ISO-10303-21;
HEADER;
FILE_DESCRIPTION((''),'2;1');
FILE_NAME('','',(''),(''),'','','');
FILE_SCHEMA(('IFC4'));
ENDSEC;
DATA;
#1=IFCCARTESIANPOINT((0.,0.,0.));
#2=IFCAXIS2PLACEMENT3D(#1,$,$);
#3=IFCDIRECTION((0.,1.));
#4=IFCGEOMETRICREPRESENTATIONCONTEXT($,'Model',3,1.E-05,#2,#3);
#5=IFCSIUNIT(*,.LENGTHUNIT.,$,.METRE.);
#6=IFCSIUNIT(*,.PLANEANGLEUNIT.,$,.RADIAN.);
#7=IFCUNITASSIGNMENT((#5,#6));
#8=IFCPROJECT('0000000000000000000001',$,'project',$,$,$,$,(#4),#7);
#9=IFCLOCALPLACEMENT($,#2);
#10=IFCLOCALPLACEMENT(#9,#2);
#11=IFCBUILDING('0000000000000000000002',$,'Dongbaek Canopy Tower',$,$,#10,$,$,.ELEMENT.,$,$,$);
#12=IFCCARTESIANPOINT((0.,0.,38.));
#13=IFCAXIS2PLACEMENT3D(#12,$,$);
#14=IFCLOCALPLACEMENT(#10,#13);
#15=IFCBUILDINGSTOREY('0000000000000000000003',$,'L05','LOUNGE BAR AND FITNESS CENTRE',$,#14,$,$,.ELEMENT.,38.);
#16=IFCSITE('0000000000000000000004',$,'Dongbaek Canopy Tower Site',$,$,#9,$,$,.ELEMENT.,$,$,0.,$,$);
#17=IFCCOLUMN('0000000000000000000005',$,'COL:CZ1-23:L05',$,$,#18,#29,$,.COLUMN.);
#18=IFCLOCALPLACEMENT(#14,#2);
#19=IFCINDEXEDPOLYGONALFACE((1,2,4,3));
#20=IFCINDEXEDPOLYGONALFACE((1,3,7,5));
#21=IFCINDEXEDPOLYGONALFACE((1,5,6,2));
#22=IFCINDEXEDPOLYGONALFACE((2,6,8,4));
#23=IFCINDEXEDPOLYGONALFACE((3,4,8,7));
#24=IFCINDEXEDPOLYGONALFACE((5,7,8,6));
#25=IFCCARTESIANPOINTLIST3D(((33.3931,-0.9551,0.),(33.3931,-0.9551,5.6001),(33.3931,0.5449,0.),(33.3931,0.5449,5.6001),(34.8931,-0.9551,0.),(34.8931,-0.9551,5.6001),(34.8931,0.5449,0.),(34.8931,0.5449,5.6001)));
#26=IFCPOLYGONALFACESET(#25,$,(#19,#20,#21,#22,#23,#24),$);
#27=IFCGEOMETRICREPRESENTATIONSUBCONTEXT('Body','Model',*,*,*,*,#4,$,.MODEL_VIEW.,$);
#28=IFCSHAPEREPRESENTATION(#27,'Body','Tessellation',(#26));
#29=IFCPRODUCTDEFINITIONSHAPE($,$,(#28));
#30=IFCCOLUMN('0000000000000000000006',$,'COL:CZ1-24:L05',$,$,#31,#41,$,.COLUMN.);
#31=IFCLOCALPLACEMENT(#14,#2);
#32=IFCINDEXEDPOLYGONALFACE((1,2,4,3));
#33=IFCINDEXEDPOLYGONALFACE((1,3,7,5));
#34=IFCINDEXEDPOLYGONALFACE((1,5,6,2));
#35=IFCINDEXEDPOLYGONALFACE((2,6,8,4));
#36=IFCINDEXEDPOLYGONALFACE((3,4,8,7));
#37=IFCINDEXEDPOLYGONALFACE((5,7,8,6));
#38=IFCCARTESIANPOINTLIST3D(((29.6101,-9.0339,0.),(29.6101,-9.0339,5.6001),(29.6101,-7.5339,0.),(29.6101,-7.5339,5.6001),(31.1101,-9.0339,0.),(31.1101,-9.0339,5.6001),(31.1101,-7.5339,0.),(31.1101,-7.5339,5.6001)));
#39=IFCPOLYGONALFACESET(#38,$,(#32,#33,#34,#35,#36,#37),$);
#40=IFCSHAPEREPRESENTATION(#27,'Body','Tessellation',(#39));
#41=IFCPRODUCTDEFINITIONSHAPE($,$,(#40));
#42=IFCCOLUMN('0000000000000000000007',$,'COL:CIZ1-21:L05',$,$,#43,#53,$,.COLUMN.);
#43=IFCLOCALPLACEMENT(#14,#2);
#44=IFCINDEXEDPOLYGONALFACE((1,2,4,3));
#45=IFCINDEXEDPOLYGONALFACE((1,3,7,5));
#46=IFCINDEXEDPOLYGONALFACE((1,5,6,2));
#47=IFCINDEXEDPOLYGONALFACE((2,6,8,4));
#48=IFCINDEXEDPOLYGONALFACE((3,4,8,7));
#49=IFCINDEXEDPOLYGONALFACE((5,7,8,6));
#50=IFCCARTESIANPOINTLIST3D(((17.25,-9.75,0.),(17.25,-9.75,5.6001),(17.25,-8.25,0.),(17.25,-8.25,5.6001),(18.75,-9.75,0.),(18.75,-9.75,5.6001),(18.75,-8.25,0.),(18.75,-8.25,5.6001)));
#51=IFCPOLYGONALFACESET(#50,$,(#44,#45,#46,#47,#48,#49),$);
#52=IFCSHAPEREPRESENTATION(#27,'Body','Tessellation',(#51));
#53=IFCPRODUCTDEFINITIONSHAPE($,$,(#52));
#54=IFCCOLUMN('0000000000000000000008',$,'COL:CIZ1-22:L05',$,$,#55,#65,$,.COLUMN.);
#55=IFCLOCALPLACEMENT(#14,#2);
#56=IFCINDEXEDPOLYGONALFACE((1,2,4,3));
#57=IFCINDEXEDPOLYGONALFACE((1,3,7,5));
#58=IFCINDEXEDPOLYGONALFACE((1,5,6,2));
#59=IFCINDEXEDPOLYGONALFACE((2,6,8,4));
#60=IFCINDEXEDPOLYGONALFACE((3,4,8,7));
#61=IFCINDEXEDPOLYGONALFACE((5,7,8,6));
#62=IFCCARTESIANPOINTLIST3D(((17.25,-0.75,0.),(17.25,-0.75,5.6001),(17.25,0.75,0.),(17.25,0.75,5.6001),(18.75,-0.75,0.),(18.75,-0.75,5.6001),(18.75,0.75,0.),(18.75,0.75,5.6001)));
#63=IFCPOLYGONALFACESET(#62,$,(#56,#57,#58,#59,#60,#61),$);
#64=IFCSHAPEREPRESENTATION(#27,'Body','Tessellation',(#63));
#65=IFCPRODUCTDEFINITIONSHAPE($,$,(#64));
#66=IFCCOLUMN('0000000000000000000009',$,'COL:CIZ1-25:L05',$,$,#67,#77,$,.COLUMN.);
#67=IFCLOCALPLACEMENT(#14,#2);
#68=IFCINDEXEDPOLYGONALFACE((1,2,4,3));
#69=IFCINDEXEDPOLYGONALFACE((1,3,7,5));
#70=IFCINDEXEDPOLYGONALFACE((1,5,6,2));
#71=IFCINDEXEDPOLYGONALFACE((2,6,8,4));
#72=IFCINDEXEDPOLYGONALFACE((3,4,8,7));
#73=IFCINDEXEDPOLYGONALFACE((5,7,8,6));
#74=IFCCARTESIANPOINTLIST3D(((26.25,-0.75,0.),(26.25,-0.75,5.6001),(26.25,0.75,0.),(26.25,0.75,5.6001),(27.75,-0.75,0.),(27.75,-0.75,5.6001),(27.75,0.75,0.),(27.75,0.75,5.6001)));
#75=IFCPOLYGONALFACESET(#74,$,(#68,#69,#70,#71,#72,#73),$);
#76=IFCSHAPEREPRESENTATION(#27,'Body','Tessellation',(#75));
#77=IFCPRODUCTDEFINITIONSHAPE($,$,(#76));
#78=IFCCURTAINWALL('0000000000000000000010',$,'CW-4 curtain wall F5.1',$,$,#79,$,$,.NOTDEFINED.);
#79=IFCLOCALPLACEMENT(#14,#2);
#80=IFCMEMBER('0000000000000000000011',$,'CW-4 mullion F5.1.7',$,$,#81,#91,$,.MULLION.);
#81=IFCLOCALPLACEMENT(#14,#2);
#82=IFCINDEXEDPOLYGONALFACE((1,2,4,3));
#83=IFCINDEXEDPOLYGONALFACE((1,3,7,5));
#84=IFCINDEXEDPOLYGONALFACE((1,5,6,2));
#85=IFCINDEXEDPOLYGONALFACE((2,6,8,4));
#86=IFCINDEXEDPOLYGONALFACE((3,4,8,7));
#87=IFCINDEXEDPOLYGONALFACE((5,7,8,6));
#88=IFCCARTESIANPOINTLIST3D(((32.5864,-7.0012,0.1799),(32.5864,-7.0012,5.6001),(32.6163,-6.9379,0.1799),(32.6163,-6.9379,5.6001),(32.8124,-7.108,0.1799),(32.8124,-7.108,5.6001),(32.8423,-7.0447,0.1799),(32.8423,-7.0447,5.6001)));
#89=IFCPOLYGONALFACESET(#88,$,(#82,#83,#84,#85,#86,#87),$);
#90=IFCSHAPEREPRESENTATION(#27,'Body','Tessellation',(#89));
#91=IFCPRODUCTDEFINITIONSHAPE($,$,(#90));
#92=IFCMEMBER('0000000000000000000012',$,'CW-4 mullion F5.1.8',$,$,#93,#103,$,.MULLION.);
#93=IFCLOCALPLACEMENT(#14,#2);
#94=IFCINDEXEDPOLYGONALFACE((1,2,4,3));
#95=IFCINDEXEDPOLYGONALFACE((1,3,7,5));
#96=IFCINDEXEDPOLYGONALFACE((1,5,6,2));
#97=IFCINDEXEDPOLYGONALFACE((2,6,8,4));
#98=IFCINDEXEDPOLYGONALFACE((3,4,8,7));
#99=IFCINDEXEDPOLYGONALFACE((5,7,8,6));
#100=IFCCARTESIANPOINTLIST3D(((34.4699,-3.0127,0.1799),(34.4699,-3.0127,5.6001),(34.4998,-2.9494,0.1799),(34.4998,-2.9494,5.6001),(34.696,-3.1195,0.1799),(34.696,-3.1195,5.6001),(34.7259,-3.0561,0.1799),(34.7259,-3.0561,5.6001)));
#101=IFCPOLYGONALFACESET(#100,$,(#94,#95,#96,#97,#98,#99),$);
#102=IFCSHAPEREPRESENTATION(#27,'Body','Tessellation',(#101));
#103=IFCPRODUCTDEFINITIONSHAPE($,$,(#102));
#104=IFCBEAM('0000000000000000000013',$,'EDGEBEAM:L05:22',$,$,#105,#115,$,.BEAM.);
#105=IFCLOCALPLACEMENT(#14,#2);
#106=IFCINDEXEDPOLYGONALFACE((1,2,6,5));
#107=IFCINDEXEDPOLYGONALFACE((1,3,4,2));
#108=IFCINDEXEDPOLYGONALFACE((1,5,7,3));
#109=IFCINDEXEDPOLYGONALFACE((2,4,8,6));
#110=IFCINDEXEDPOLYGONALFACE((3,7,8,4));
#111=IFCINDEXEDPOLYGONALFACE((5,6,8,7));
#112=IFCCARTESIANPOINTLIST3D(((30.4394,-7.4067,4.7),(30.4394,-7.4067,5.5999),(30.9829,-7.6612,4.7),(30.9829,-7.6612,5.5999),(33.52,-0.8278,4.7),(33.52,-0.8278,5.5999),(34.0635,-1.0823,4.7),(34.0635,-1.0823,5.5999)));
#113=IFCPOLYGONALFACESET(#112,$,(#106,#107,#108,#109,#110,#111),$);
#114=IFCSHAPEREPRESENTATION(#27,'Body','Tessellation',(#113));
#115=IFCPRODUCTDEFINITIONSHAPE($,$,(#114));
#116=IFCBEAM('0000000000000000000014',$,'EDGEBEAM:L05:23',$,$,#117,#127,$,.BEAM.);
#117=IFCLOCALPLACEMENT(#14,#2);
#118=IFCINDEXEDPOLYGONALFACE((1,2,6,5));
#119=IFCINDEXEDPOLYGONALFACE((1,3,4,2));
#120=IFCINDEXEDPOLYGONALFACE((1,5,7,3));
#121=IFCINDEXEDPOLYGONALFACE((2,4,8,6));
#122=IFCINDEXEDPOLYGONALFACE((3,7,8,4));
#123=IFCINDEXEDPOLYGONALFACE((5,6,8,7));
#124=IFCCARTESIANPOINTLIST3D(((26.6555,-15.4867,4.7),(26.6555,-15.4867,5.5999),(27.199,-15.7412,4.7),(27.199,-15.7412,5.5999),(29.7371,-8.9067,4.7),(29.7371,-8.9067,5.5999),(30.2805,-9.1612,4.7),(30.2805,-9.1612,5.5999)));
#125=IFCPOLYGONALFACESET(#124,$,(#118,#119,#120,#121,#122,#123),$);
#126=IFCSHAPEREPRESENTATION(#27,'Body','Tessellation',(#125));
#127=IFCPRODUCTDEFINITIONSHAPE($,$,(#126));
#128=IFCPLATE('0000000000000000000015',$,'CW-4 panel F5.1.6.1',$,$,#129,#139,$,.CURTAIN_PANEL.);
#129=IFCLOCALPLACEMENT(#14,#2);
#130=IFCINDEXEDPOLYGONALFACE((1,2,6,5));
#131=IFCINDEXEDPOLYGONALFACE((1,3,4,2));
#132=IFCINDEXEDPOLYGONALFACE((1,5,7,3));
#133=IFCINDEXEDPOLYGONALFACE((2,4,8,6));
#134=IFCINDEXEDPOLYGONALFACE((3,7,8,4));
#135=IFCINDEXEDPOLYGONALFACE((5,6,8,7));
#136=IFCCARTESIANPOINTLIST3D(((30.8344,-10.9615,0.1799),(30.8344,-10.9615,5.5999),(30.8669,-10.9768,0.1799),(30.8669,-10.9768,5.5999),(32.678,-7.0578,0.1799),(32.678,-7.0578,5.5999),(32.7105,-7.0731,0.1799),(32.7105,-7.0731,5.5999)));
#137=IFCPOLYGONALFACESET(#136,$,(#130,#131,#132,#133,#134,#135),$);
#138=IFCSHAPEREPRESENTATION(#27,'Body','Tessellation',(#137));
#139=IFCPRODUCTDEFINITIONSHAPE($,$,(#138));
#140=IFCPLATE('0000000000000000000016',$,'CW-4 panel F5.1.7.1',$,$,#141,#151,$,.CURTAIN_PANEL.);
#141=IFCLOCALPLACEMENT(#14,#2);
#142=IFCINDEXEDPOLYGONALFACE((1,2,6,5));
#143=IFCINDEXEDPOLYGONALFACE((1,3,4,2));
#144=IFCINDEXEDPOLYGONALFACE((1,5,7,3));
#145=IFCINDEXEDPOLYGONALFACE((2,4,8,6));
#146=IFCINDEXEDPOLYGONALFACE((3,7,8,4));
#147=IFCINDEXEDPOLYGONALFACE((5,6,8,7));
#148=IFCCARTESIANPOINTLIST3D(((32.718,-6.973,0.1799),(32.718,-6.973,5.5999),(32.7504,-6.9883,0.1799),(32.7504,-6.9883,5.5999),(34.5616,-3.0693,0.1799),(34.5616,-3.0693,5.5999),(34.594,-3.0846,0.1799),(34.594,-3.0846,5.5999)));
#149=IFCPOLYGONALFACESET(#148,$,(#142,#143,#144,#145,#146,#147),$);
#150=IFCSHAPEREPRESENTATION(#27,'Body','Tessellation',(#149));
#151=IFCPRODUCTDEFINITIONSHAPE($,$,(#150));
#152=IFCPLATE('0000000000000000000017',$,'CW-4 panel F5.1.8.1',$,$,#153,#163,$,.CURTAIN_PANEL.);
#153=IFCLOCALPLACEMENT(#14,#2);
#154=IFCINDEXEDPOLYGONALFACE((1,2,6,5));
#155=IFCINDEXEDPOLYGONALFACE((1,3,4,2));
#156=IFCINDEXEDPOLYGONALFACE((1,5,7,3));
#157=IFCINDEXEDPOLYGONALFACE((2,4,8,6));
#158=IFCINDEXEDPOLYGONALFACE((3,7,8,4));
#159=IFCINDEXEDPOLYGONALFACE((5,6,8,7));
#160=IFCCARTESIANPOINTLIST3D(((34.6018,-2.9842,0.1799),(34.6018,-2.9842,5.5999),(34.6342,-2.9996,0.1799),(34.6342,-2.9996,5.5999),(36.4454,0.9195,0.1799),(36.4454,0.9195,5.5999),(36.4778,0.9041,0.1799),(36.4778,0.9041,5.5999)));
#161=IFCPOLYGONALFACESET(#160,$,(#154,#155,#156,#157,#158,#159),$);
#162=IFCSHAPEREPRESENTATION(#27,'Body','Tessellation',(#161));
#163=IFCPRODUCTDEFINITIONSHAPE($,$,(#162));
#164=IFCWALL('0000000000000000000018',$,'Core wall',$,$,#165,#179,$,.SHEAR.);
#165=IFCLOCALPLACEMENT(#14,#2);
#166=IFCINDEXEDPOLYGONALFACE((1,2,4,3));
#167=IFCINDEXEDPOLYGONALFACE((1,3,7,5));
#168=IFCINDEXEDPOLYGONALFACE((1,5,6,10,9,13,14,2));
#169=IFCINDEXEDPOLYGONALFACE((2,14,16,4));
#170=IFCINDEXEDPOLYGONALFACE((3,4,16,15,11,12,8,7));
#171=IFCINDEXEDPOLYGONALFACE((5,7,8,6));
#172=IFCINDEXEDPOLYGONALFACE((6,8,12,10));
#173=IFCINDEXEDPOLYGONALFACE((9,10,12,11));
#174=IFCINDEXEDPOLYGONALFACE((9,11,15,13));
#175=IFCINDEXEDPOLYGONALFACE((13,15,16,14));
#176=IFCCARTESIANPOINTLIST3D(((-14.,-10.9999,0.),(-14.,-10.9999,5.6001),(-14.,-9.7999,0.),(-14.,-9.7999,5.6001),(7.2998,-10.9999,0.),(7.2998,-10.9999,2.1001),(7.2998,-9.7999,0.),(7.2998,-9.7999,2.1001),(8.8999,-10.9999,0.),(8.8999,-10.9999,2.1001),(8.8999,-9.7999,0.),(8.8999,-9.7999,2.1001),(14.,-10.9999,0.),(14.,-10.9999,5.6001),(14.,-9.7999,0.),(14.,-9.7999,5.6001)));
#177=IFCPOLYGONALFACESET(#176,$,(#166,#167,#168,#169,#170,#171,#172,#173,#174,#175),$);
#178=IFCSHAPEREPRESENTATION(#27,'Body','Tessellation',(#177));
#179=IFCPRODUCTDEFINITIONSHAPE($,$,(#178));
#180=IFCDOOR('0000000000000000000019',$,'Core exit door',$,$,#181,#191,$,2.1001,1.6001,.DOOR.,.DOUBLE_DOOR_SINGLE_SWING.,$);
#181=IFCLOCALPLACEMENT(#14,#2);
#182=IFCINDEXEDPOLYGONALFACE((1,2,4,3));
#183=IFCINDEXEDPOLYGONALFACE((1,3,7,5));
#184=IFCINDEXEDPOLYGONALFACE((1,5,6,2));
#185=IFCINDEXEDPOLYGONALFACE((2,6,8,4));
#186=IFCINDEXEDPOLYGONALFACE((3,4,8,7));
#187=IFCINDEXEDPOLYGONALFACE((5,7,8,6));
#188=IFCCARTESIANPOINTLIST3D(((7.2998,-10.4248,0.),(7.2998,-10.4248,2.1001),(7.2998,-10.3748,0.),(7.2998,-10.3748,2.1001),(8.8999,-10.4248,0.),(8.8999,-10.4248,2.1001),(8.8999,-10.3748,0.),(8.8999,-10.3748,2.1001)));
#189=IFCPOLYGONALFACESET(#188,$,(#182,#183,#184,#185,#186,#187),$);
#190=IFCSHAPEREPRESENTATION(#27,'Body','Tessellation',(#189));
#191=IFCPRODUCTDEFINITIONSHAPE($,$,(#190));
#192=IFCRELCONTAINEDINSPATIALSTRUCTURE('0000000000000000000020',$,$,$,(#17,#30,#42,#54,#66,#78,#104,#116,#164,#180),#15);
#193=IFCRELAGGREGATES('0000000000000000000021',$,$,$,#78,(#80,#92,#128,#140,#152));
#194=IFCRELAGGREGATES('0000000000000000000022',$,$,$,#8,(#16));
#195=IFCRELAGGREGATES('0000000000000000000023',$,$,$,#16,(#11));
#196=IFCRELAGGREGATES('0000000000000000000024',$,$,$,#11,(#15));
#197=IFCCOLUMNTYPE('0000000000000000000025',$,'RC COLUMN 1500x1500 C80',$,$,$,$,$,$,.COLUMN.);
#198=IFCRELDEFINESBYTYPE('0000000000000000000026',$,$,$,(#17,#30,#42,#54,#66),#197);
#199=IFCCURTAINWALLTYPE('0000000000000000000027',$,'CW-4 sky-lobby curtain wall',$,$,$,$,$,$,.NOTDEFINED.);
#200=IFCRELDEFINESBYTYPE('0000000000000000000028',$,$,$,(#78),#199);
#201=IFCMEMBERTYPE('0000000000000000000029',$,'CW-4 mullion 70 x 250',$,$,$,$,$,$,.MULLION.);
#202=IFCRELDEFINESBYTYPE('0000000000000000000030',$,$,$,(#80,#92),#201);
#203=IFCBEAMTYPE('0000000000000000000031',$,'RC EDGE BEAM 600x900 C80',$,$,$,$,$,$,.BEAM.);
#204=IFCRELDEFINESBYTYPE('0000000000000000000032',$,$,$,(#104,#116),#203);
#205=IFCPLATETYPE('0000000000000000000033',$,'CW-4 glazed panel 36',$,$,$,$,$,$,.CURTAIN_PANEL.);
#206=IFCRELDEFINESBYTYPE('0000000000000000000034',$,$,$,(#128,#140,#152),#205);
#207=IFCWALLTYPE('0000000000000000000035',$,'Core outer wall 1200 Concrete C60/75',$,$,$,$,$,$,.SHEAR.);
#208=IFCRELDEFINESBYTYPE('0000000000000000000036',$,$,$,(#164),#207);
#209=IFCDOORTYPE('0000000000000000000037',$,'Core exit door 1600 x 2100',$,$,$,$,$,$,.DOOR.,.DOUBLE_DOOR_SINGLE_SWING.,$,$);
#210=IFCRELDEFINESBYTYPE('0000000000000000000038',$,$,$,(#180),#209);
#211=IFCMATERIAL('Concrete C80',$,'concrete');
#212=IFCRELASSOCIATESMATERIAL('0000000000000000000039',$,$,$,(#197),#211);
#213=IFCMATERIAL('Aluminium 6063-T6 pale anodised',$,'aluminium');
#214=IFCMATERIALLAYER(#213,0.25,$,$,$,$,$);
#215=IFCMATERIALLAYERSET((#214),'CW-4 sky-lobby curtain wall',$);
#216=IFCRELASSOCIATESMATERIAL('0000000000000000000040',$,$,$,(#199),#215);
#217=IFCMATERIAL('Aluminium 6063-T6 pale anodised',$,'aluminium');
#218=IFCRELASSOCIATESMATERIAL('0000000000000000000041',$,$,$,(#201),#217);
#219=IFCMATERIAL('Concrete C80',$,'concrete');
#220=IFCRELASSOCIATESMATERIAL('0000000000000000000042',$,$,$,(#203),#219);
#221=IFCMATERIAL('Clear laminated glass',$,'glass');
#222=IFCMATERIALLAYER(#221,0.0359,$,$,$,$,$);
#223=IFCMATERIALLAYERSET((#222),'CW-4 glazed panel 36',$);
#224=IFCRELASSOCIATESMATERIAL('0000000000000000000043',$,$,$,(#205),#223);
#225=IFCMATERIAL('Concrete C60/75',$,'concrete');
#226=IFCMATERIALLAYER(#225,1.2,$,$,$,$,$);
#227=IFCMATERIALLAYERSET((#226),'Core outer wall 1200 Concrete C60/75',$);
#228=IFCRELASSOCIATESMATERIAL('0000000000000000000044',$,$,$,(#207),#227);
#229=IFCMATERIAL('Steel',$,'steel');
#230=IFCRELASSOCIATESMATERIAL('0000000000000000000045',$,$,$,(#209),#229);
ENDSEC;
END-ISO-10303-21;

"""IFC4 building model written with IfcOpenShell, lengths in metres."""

from ifc_helpers import new_model, si_unit, direction, frame, frame_2d, origin, origin_2d, place, context, subcontext, project, spatial, rectangle, extrude, material, layer, layer_set, material_profile, profile_set, type_object, element, fill, aggregate, save


model = new_model("IFC4")

# Units and contexts
model_context = context("Model", 3, precision=1e-05, world=origin(), true_north=direction((0.0, 1.0)))
body_context = subcontext(model_context, "Body", "Model", "MODEL_VIEW")
ifc_project = project(units=[si_unit("LENGTHUNIT", "METRE"), si_unit("PLANEANGLEUNIT", "RADIAN")], contexts=[model_context])

# Site, building, storey
site_placement = place(None, origin())
site = spatial("IfcSite", under=ifc_project, at=site_placement, Name="Dongbaek Canopy Tower Site", CompositionType="ELEMENT", RefElevation=0.0)
building_placement = place(site_placement, origin())
building = spatial("IfcBuilding", under=site, at=building_placement, Name="Dongbaek Canopy Tower", CompositionType="ELEMENT")
storey_placement = place(building_placement, frame((0.0, 0.0, 38.0)))
storey = spatial("IfcBuildingStorey", under=building, at=storey_placement, Name="L05", Description="LOUNGE BAR AND FITNESS CENTRE", CompositionType="ELEMENT", Elevation=38.0)

# Columns
ifc_material_1 = material(Name="Concrete C80", Category="concrete")
ifc_material_profile_1 = material_profile(ifc_material_1, rectangle(XDim=1.5, YDim=1.5, at=origin_2d()), Name="RC COLUMN 1500x1500 C80")
ifc_profile_set_1 = profile_set([ifc_material_profile_1], Name="Concrete C80")
column_type = type_object("IfcColumnType", Name="RC COLUMN 1500x1500 C80", PredefinedType="COLUMN", material=ifc_profile_set_1)
for number, where, z_axis, x_axis, name in (
    (1, (34.1431, -0.2051, 0.0), (0.0, 0.0, 1.0), (1.0, 0.0, 0.0), "COL:CZ1-23:L05"),
    (2, (30.3601, -8.2839, 0.0), (0.0, 0.0, 1.0), (1.0, 0.0, 0.0), "COL:CZ1-24:L05"),
    (3, (18.0, -9.0, 0.0), (0.0, 0.0, 1.0), (1.0, 0.0, 0.0), "COL:CIZ1-21:L05"),
    (4, (18.0, 0.0, 0.0), (0.0, 0.0, 1.0), (1.0, 0.0, 0.0), "COL:CIZ1-22:L05"),
    (5, (27.0, 0.0, 0.0), (0.0, 0.0, 1.0), (1.0, 0.0, 0.0), "COL:CIZ1-25:L05"),
):
    element("IfcColumn", number, at=place(storey_placement, frame(where, z_axis=z_axis, x_axis=x_axis)), inside=storey, type_object=column_type, Name=name, PredefinedType="COLUMN", context=body_context, shape_type="SweptSolid", body=[
        extrude(rectangle(XDim=1.5, YDim=1.5, at=origin_2d()), origin(), (0.0, 0.0, 1.0), 5.6001),
    ])

# Curtain wall, members
ifc_material_2 = material(Name="Aluminium 6063-T6 pale anodised", Category="aluminium")
ifc_layer_1 = layer(ifc_material_2, 0.25)
ifc_layer_set_1 = layer_set([ifc_layer_1], Name="CW-4 sky-lobby curtain wall")
curtain_wall_type = type_object("IfcCurtainWallType", Name="CW-4 sky-lobby curtain wall", PredefinedType="NOTDEFINED", material=ifc_layer_set_1)
curtain_wall_placement = place(storey_placement, origin())
curtain_wall = element("IfcCurtainWall", 6, at=curtain_wall_placement, inside=storey, type_object=curtain_wall_type, Name="CW-4 curtain wall F5.1", PredefinedType="NOTDEFINED")
ifc_material_3 = material(Name="Aluminium 6063-T6 pale anodised", Category="aluminium")
ifc_material_profile_2 = material_profile(ifc_material_3, rectangle(XDim=0.25, YDim=0.0701, at=origin_2d()), Name="CW-4 mullion 70 x 250")
ifc_profile_set_2 = profile_set([ifc_material_profile_2], Name="Aluminium 6063-T6 pale anodised")
member_type = type_object("IfcMemberType", Name="CW-4 mullion 70 x 250", PredefinedType="MULLION", material=ifc_profile_set_2)
member_1_placement = place(storey_placement, frame((32.7144, -7.0229, 0.1799), z_axis=(0.0, 0.0, 1.0), x_axis=(0.904233, -0.427039, 0.0)))
member_1 = element("IfcMember", 7, at=member_1_placement, type_object=member_type, Name="CW-4 mullion F5.1.7", PredefinedType="MULLION", context=body_context, shape_type="SweptSolid", body=[
    extrude(rectangle(XDim=0.25, YDim=0.0701, at=origin_2d()), origin(), (0.0, 0.0, 1.0), 5.4202),
])
member_2_placement = place(storey_placement, frame((34.5979, -3.0344, 0.1799), z_axis=(0.0, 0.0, 1.0), x_axis=(0.904233, -0.427039, 0.0)))
member_2 = element("IfcMember", 8, at=member_2_placement, type_object=member_type, Name="CW-4 mullion F5.1.8", PredefinedType="MULLION", context=body_context, shape_type="SweptSolid", body=[
    extrude(rectangle(XDim=0.25, YDim=0.0701, at=origin_2d()), origin(), (0.0, 0.0, 1.0), 5.4202),
])

# Beams
ifc_material_4 = material(Name="Concrete C80", Category="concrete")
ifc_material_profile_3 = material_profile(ifc_material_4, rectangle(XDim=0.6001, YDim=0.8999, at=origin_2d()), Name="RC EDGE BEAM 600x900 C80")
ifc_profile_set_3 = profile_set([ifc_material_profile_3], Name="Concrete C80")
beam_type = type_object("IfcBeamType", Name="RC EDGE BEAM 600x900 C80", PredefinedType="BEAM", material=ifc_profile_set_3)
beam_1_placement = place(storey_placement, frame((33.7917, -0.9551, 5.1499), z_axis=(-0.424064, -0.905632, 0.0), x_axis=(0.905632, -0.424064, 0.0)))
element("IfcBeam", 9, at=beam_1_placement, inside=storey, type_object=beam_type, Name="EDGEBEAM:L05:22", PredefinedType="BEAM", context=body_context, shape_type="SweptSolid", body=[
    extrude(rectangle(XDim=0.6001, YDim=0.8999, at=origin_2d()), origin(), (0.0, 0.0, 1.0), 7.2644),
])
beam_2_placement = place(storey_placement, frame((30.0088, -9.0339, 5.1499), z_axis=(-0.42411, -0.905611, 0.0), x_axis=(0.905611, -0.42411, 0.0)))
element("IfcBeam", 10, at=beam_2_placement, inside=storey, type_object=beam_type, Name="EDGEBEAM:L05:23", PredefinedType="BEAM", context=body_context, shape_type="SweptSolid", body=[
    extrude(rectangle(XDim=0.6001, YDim=0.8999, at=origin_2d()), origin(), (0.0, 0.0, 1.0), 7.2659),
])

# Plates
ifc_material_5 = material(Name="Clear laminated glass", Category="glass")
ifc_layer_2 = layer(ifc_material_5, 0.0359)
ifc_layer_set_2 = layer_set([ifc_layer_2], Name="CW-4 glazed panel 36")
plate_type = type_object("IfcPlateType", Name="CW-4 glazed panel 36", PredefinedType="CURTAIN_PANEL", material=ifc_layer_set_2)
plate_1_placement = place(storey_placement, frame((31.7725, -9.0173, 0.1799), z_axis=(0.0, 0.0, 1.0), x_axis=(0.427039, 0.904233, 0.0)))
plate_1 = element("IfcPlate", 11, at=plate_1_placement, type_object=plate_type, Name="CW-4 panel F5.1.6.1", PredefinedType="CURTAIN_PANEL", context=body_context, shape_type="SweptSolid", body=[
    extrude(rectangle(XDim=4.3171, YDim=0.0359, at=origin_2d()), origin(), (0.0, 0.0, 1.0), 5.4199),
])
plate_2_placement = place(storey_placement, frame((33.656, -5.0288, 0.1799), z_axis=(0.0, 0.0, 1.0), x_axis=(0.427039, 0.904233, 0.0)))
plate_2 = element("IfcPlate", 12, at=plate_2_placement, type_object=plate_type, Name="CW-4 panel F5.1.7.1", PredefinedType="CURTAIN_PANEL", context=body_context, shape_type="SweptSolid", body=[
    extrude(rectangle(XDim=4.3171, YDim=0.0359, at=origin_2d()), origin(), (0.0, 0.0, 1.0), 5.4199),
])
plate_3_placement = place(storey_placement, frame((35.5398, -1.04, 0.1799), z_axis=(0.0, 0.0, 1.0), x_axis=(0.427039, 0.904233, 0.0)))
plate_3 = element("IfcPlate", 13, at=plate_3_placement, type_object=plate_type, Name="CW-4 panel F5.1.8.1", PredefinedType="CURTAIN_PANEL", context=body_context, shape_type="SweptSolid", body=[
    extrude(rectangle(XDim=4.3171, YDim=0.0359, at=origin_2d()), origin(), (0.0, 0.0, 1.0), 5.4199),
])
aggregate(curtain_wall, [member_1, member_2, plate_1, plate_2, plate_3])

# Wall, opening, door
ifc_material_6 = material(Name="Concrete C60/75", Category="concrete")
ifc_layer_3 = layer(ifc_material_6, 1.2)
ifc_layer_set_3 = layer_set([ifc_layer_3], Name="Core outer wall 1200 Concrete C60/75")
wall_type_1 = type_object("IfcWallType", Name="Core outer wall 1200 Concrete C60/75", PredefinedType="SHEAR", material=ifc_layer_set_3)
wall_1_placement = place(storey_placement, frame((14.0, -10.3999, 0.0), z_axis=(0.0, 0.0, 1.0), x_axis=(-1.0, 0.0, 0.0)))
wall_1 = element("IfcWall", 14, at=wall_1_placement, inside=storey, type_object=wall_type_1, Name="Core wall", PredefinedType="SHEAR", context=body_context, shape_type="SweptSolid", body=[
    extrude(rectangle(XDim=28.0, YDim=1.2, at=frame_2d((14.0, 0.0))), origin(), (0.0, 0.0, 1.0), 5.6001),
])
opening_placement = place(wall_1_placement, frame((5.1001, 0.0, 0.0)))
opening = element("IfcOpeningElement", 15, at=opening_placement, cuts=wall_1, PredefinedType="OPENING", context=body_context, shape_type="SweptSolid", body=[
    extrude(rectangle(XDim=1.6001, YDim=2.1001, at=frame_2d((0.8, 1.05))), frame((0.0, 0.6099, 0.0), z_axis=(0.0, -1.0, 0.0), x_axis=(1.0, 0.0, 0.0)), (0.0, 0.0, 1.0), 1.22),
])
ifc_material_7 = material(Name="Steel", Category="steel")
door_type = type_object("IfcDoorType", Name="Core exit door 1600 x 2100", OperationType="DOUBLE_DOOR_SINGLE_SWING", PredefinedType="DOOR", material=ifc_material_7)
door_placement = place(opening_placement, origin())
door = element("IfcDoor", 16, at=door_placement, inside=storey, type_object=door_type, Name="Core exit door", OperationType="DOUBLE_DOOR_SINGLE_SWING", OverallHeight=2.1001, OverallWidth=1.6001, PredefinedType="DOOR", context=body_context, shape_type="SweptSolid", body=[
    extrude(rectangle(XDim=1.6001, YDim=2.1001, at=frame_2d((0.8, 1.05))), frame((0.0, 0.0249, 0.0), z_axis=(0.0, -1.0, 0.0), x_axis=(1.0, 0.0, 0.0)), (0.0, 0.0, 1.0), 0.05),
])
fill(opening, door)

save(model, "model.ifc")
